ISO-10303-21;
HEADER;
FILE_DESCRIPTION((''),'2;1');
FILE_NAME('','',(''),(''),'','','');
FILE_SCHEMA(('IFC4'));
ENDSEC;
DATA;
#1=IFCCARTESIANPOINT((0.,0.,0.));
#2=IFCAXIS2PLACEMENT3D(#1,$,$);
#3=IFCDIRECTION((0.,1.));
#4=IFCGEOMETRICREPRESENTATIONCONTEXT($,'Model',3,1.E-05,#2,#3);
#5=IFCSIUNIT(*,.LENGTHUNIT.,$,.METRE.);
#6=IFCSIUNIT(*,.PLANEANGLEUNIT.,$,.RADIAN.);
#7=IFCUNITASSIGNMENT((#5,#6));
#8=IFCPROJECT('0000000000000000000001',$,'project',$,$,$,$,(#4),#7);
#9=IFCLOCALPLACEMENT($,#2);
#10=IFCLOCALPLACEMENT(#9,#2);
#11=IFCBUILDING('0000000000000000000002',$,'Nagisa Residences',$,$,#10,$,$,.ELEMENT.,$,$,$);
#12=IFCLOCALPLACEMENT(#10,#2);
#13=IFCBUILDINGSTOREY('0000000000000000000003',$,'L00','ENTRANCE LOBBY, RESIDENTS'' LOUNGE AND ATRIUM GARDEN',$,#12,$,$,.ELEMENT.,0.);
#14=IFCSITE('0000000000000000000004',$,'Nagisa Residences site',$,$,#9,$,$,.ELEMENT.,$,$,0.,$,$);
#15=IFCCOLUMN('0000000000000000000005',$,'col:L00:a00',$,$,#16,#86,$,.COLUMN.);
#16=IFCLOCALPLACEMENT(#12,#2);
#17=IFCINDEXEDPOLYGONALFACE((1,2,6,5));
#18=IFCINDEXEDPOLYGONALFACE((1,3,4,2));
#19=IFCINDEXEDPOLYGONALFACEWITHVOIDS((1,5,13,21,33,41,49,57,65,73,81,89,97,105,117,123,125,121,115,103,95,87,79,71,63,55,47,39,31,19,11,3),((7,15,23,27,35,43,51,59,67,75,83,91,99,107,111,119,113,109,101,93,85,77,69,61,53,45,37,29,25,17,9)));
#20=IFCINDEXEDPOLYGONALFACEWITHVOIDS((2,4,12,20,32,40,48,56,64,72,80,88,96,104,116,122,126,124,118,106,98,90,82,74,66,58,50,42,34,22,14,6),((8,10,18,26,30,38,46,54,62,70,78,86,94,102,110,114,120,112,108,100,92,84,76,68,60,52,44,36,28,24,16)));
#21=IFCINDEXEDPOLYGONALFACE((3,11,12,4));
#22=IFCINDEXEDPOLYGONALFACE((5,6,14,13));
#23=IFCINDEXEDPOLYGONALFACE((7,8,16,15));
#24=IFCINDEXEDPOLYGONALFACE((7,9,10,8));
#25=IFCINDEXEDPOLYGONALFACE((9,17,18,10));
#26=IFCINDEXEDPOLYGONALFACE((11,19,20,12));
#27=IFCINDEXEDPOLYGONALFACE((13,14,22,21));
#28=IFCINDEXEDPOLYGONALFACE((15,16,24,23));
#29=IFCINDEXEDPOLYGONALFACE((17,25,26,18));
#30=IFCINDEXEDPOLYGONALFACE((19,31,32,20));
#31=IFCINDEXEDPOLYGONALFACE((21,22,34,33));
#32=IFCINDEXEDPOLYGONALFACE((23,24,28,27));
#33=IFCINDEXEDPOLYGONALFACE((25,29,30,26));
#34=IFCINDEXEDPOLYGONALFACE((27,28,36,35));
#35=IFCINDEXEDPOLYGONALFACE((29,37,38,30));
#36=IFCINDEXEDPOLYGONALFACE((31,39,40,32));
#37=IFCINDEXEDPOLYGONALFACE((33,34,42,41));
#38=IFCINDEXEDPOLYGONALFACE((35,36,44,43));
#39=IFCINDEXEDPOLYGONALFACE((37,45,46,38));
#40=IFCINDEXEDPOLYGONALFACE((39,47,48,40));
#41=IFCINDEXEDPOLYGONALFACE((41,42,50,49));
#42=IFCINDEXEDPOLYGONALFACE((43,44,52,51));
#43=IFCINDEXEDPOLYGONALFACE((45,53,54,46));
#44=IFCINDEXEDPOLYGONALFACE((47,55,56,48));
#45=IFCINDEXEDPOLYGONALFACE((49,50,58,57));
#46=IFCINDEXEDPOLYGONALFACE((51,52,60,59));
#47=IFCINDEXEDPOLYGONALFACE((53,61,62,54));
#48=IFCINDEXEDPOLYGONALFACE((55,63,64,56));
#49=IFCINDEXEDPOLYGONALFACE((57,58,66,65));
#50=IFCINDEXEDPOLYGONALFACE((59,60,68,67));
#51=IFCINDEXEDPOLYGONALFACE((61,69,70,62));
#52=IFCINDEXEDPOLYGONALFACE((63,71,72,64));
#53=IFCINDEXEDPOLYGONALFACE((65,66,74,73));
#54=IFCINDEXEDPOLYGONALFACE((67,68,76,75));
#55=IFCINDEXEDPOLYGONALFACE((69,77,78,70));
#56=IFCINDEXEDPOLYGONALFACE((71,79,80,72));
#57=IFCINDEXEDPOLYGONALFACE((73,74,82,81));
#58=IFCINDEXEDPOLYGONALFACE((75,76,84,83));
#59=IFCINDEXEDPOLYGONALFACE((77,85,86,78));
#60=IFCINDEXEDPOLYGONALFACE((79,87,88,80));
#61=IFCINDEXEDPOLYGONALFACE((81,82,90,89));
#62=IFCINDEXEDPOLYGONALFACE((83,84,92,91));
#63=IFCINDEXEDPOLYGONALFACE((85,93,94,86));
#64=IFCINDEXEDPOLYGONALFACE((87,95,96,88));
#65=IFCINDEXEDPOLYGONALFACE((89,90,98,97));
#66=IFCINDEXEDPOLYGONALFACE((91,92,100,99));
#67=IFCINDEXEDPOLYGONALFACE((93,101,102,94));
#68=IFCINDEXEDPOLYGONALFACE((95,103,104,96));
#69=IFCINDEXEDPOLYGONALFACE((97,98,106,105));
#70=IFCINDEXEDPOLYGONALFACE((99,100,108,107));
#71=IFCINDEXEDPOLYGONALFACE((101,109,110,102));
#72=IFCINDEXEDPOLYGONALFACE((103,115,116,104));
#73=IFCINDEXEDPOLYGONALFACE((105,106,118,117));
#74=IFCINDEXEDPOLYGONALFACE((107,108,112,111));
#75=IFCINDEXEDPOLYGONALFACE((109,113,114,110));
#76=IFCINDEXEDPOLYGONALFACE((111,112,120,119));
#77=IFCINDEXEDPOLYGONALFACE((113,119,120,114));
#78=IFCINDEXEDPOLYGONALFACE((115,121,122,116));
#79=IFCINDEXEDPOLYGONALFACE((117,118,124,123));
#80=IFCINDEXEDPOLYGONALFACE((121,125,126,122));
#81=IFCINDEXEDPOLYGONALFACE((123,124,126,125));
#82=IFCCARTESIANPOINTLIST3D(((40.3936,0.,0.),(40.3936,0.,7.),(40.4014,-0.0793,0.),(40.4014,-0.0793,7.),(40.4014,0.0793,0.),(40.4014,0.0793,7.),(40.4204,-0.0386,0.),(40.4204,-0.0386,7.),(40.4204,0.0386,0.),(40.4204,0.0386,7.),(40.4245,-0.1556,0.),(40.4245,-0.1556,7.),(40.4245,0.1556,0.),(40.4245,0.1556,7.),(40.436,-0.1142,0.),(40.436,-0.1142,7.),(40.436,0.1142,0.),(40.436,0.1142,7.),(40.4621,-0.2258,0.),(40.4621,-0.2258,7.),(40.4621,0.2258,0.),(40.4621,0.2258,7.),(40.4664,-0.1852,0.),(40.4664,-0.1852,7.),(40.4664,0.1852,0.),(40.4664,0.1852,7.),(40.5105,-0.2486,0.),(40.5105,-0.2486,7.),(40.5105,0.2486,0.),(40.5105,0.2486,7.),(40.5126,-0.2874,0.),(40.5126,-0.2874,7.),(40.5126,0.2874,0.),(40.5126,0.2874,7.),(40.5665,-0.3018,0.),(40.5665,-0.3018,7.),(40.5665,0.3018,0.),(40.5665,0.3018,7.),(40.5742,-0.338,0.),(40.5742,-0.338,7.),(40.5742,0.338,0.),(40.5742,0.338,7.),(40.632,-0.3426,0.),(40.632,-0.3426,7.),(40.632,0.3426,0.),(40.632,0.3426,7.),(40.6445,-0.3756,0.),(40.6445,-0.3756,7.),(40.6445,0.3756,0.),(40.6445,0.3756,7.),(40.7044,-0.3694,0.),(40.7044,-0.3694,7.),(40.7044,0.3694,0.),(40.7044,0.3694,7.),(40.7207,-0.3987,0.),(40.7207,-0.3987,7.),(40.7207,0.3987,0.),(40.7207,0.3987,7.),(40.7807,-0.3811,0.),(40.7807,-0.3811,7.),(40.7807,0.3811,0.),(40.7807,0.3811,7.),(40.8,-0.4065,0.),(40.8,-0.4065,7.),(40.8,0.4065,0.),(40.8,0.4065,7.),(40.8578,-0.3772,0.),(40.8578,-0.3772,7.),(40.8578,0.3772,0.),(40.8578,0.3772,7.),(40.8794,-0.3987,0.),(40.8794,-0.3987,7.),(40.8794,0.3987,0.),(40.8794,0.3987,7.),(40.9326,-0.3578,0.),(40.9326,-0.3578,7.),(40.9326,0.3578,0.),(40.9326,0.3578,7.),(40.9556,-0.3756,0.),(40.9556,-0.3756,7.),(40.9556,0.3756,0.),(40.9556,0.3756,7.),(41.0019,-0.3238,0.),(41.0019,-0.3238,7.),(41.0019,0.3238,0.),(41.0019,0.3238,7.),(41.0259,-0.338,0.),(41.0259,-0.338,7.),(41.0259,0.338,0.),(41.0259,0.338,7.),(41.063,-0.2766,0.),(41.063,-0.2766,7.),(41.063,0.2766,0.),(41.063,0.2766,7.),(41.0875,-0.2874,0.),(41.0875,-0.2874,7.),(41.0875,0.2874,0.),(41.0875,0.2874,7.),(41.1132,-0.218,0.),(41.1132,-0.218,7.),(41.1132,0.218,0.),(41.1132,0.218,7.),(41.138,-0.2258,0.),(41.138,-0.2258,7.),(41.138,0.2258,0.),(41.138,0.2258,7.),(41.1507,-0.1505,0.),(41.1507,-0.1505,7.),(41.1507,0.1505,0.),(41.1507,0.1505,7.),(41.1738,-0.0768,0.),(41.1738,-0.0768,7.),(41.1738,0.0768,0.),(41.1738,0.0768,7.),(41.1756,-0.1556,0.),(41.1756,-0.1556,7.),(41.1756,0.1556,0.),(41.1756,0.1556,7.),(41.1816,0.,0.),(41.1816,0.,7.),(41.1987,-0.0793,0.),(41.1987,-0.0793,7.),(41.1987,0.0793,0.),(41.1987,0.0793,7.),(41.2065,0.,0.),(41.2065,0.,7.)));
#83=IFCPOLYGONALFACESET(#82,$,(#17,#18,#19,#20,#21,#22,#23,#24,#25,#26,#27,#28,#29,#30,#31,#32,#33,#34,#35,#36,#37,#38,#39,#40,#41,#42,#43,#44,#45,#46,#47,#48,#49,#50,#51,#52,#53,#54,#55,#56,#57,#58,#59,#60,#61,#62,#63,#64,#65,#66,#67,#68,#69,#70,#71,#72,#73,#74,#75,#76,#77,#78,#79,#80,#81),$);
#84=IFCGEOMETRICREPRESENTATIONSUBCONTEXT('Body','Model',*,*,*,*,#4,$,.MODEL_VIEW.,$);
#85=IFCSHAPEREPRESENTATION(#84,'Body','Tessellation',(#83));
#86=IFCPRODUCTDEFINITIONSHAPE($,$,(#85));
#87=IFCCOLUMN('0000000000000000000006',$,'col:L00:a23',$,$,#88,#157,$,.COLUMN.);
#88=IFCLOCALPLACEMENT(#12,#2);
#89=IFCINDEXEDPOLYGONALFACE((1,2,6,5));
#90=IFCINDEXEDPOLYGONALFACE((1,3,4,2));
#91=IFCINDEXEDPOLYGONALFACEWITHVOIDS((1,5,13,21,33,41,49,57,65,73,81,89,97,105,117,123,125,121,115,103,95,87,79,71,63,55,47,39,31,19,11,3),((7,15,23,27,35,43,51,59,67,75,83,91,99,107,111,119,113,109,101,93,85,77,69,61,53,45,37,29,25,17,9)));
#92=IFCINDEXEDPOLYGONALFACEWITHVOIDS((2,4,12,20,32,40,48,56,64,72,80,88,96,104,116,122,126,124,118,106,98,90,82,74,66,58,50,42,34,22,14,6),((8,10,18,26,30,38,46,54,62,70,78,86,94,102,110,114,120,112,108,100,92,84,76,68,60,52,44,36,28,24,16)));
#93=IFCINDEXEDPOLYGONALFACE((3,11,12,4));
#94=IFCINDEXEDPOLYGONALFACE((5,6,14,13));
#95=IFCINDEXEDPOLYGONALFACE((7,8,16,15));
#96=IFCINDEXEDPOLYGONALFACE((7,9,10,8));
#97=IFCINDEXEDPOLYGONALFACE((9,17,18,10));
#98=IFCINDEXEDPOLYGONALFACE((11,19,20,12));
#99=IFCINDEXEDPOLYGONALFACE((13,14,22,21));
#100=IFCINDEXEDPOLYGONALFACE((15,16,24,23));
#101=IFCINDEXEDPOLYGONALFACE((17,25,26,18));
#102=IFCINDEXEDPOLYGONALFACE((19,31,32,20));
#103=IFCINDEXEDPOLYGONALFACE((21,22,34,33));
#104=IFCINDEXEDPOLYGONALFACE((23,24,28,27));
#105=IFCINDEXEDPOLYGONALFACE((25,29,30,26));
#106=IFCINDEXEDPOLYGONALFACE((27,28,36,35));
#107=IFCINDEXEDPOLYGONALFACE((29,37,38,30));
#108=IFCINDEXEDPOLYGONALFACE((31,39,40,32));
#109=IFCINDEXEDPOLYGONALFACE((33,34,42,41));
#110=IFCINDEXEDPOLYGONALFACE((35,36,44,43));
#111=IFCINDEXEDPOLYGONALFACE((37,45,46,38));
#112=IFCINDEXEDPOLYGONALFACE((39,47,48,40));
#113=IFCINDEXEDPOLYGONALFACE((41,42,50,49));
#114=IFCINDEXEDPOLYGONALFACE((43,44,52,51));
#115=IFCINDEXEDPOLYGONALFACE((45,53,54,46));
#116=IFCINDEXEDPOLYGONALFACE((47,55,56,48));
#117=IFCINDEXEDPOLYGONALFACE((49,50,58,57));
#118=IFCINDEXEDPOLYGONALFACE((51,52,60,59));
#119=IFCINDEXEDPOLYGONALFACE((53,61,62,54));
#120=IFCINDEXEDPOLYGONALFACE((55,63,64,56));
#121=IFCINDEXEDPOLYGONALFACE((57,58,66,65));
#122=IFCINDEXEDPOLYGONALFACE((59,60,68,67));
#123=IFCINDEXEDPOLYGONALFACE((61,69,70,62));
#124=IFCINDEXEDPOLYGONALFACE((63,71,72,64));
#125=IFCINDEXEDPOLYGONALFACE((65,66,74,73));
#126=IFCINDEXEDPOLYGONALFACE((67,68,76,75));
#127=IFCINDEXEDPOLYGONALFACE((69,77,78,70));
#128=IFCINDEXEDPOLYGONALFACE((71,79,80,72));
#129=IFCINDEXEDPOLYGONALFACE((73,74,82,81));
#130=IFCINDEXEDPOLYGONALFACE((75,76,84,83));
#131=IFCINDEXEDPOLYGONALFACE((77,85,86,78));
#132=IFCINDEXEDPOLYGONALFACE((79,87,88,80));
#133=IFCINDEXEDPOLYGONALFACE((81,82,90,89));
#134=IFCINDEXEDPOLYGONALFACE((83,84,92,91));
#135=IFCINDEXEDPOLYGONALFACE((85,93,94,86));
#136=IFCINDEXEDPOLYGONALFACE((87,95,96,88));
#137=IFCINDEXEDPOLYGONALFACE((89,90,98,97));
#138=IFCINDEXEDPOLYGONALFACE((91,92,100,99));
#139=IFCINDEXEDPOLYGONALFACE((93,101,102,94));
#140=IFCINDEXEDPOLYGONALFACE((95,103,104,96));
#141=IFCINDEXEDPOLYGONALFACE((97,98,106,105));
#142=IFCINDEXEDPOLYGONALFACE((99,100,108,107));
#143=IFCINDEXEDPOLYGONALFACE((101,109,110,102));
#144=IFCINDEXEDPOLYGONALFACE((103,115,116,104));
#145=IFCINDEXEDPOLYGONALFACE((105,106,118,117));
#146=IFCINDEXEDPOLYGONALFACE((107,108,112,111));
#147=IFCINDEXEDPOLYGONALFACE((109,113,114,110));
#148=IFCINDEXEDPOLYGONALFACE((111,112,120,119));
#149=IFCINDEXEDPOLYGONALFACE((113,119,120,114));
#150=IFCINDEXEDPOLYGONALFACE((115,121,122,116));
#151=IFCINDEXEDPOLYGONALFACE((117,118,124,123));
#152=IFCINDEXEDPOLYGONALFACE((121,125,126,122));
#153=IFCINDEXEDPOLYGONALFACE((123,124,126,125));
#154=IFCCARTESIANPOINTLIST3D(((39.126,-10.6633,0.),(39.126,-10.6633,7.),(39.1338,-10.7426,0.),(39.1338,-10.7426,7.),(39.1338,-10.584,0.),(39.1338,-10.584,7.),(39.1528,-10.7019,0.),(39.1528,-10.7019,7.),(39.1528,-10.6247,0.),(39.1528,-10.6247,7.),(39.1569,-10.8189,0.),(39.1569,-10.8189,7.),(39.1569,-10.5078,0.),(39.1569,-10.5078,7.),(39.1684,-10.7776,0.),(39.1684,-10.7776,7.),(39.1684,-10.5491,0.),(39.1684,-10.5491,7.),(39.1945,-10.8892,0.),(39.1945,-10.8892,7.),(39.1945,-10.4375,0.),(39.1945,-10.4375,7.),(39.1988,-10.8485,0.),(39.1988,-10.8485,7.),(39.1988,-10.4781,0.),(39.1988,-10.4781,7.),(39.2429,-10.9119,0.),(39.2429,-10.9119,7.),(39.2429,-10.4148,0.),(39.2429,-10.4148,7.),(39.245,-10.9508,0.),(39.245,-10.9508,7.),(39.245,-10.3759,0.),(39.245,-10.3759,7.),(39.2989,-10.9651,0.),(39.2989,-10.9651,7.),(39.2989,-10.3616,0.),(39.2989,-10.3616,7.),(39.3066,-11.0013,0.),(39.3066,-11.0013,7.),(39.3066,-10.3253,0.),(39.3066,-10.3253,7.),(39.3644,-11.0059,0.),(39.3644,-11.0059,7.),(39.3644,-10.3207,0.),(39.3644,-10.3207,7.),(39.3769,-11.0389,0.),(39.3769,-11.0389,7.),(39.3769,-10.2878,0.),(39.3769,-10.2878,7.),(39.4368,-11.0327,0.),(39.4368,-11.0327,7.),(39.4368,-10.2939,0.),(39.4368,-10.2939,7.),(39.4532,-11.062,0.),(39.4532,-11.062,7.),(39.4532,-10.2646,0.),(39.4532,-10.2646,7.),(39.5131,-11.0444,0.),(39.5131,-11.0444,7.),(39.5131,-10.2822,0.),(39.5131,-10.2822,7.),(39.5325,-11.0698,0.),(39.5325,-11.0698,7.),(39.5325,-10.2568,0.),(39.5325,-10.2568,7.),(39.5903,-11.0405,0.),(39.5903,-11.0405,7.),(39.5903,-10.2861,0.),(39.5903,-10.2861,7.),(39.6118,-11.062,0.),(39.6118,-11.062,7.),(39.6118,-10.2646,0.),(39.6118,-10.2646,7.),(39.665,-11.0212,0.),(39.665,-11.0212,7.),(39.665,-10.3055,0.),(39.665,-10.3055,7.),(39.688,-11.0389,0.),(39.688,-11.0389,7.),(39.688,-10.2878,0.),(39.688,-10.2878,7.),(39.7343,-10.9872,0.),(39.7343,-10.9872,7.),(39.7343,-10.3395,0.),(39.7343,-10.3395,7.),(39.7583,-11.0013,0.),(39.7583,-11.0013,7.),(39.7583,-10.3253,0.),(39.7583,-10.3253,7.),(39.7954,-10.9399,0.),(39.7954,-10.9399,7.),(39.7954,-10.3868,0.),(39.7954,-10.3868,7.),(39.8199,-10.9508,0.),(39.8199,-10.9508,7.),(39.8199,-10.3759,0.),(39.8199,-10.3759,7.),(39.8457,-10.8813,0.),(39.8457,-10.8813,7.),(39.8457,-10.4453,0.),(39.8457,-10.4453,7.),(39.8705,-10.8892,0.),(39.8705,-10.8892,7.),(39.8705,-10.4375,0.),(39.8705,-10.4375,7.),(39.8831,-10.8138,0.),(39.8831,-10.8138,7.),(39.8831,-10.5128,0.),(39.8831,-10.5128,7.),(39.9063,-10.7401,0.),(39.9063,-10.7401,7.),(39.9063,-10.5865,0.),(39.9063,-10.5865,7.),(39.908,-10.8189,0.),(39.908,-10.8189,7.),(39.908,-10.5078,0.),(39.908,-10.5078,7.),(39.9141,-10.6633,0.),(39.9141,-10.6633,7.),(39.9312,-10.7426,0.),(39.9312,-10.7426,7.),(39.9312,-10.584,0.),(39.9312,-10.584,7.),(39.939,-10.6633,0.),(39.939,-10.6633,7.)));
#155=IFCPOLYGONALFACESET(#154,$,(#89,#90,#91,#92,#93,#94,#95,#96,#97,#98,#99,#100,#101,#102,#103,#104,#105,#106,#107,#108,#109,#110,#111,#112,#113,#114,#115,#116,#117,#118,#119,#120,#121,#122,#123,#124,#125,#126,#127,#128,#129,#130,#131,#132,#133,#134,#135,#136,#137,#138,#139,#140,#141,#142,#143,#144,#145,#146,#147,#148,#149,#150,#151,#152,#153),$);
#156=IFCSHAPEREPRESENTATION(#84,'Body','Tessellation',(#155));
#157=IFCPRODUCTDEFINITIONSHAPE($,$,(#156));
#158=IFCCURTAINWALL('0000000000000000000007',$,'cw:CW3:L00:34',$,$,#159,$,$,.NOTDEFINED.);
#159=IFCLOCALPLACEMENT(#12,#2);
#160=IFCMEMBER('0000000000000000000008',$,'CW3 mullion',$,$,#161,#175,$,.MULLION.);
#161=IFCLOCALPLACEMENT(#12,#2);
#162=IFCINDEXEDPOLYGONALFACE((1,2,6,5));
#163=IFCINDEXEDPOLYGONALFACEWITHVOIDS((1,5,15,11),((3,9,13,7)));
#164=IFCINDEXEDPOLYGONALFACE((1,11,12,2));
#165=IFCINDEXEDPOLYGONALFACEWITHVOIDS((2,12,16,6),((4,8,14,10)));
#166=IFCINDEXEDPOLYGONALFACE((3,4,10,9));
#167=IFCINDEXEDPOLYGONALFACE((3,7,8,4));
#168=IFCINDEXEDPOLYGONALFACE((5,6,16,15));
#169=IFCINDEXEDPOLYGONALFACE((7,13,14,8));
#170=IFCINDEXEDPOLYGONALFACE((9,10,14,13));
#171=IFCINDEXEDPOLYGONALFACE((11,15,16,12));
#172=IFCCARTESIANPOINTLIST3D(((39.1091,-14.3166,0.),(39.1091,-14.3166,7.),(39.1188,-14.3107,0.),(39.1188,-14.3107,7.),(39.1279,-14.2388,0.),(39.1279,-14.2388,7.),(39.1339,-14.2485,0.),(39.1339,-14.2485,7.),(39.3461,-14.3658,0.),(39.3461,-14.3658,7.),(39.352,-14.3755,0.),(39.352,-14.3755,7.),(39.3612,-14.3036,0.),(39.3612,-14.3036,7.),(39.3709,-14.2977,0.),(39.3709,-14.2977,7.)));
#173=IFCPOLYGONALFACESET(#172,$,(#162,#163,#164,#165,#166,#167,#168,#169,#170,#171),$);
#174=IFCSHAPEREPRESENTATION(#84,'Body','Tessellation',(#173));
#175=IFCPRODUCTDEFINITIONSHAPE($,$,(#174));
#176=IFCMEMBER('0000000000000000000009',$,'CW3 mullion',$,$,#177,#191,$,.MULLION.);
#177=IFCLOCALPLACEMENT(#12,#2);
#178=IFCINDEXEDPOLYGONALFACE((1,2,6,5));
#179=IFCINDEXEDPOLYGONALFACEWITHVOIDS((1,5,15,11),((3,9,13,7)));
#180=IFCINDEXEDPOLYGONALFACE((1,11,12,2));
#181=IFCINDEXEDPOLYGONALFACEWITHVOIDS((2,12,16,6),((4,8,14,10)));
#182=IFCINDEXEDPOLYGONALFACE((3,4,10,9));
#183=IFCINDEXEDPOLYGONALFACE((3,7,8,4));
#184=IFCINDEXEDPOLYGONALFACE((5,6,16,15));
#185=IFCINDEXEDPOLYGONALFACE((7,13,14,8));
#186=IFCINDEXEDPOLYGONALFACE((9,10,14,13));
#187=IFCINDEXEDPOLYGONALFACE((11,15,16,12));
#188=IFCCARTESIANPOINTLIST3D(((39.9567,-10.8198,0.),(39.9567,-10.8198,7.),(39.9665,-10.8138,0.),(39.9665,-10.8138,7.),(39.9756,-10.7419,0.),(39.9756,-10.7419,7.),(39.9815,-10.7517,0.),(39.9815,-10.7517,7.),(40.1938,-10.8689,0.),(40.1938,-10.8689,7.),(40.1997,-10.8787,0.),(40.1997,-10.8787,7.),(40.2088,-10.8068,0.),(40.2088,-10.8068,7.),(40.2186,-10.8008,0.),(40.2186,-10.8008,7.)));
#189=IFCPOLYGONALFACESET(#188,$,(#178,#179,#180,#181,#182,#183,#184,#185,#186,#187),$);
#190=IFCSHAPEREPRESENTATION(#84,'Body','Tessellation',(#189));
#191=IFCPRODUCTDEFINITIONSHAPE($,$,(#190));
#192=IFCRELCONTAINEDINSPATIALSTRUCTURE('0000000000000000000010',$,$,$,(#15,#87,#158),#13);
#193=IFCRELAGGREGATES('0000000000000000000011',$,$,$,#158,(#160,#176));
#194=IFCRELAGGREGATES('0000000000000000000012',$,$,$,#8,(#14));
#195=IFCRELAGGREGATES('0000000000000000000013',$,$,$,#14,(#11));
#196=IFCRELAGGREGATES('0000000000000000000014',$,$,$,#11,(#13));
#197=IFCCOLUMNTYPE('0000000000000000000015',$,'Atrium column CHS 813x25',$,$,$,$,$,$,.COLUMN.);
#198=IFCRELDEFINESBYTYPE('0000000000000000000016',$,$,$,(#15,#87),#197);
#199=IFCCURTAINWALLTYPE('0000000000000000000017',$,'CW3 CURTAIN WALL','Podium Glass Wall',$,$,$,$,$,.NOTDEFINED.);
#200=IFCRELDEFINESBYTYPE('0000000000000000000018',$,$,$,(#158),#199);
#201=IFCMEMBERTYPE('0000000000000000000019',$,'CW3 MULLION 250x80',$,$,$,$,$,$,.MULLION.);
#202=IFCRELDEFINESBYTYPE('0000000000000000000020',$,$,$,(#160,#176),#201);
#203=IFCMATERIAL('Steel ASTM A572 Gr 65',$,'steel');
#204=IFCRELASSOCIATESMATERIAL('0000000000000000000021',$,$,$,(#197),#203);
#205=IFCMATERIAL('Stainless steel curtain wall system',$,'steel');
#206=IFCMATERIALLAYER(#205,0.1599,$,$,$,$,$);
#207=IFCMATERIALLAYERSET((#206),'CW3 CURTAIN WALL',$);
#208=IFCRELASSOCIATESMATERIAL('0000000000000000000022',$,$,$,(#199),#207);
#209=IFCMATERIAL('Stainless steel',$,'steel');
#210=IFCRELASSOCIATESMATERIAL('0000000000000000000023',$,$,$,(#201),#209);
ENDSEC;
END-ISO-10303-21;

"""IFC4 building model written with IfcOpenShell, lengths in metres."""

from ifc_helpers import new_model, si_unit, direction, frame, origin, origin_2d, place, context, subcontext, project, spatial, hollow_rectangle, hollow_circle, extrude, material, layer, layer_set, material_profile, profile_set, type_object, element, aggregate, save


model = new_model("IFC4")

# Units and contexts
model_context = context("Model", 3, precision=1e-05, world=origin(), true_north=direction((0.0, 1.0)))
body_context = subcontext(model_context, "Body", "Model", "MODEL_VIEW")
ifc_project = project(units=[si_unit("LENGTHUNIT", "METRE"), si_unit("PLANEANGLEUNIT", "RADIAN")], contexts=[model_context])

# Site, building, storey
site_placement = place(None, origin())
site = spatial("IfcSite", under=ifc_project, at=site_placement, Name="Nagisa Residences site", CompositionType="ELEMENT", RefElevation=0.0)
building_placement = place(site_placement, origin())
building = spatial("IfcBuilding", under=site, at=building_placement, Name="Nagisa Residences", CompositionType="ELEMENT")
storey_placement = place(building_placement, origin())
storey = spatial("IfcBuildingStorey", under=building, at=storey_placement, Name="L00", Description="ENTRANCE LOBBY, RESIDENTS' LOUNGE AND ATRIUM GARDEN", CompositionType="ELEMENT", Elevation=0.0)

# Columns
ifc_material_1 = material(Name="Steel ASTM A572 Gr 65", Category="steel")
ifc_material_profile_1 = material_profile(ifc_material_1, hollow_circle(Radius=0.4065, WallThickness=0.0249, at=origin_2d()), Name="CHS 813x25")
ifc_profile_set_1 = profile_set([ifc_material_profile_1], Name="Steel ASTM A572 Gr 65")
column_type = type_object("IfcColumnType", Name="Atrium column CHS 813x25", PredefinedType="COLUMN", material=ifc_profile_set_1)
for number, where, z_axis, x_axis, name in (
    (1, (40.8, 0.0, 0.0), (0.0, 0.0, 1.0), (1.0, 0.0, 0.0), "col:L00:a00"),
    (2, (39.5325, -10.6633, 0.0), (0.0, 0.0, 1.0), (1.0, 0.0, 0.0), "col:L00:a23"),
):
    element("IfcColumn", number, at=place(storey_placement, frame(where, z_axis=z_axis, x_axis=x_axis)), inside=storey, type_object=column_type, Name=name, PredefinedType="COLUMN", context=body_context, shape_type="SweptSolid", body=[
        extrude(hollow_circle(Radius=0.4065, WallThickness=0.0249, at=origin_2d()), origin(), (0.0, 0.0, 1.0), 7.0),
    ])

# Curtain wall, members
ifc_material_2 = material(Name="Stainless steel curtain wall system", Category="steel")
ifc_layer_1 = layer(ifc_material_2, 0.1599)
ifc_layer_set_1 = layer_set([ifc_layer_1], Name="CW3 CURTAIN WALL")
curtain_wall_type = type_object("IfcCurtainWallType", Name="CW3 CURTAIN WALL", Description="Podium Glass Wall", PredefinedType="NOTDEFINED", material=ifc_layer_set_1)
curtain_wall_1_placement = place(storey_placement, origin())
curtain_wall_1 = element("IfcCurtainWall", 3, at=curtain_wall_1_placement, inside=storey, type_object=curtain_wall_type, Name="cw:CW3:L00:34", PredefinedType="NOTDEFINED")
ifc_material_3 = material(Name="Stainless steel", Category="steel")
ifc_material_profile_2 = material_profile(ifc_material_3, hollow_rectangle(XDim=0.25, YDim=0.0801, WallThickness=0.0081, at=origin_2d()), Name="CW3 MULLION 250x80")
ifc_profile_set_2 = profile_set([ifc_material_profile_2], Name="Stainless steel")
member_type_1 = type_object("IfcMemberType", Name="CW3 MULLION 250x80", PredefinedType="MULLION", material=ifc_profile_set_2)
member_1_placement = place(storey_placement, frame((39.24, -14.3071, 0.0), z_axis=(0.0, 0.0, 1.0), x_axis=(-0.971849, 0.235606, 0.0)))
member_1 = element("IfcMember", 4, at=member_1_placement, type_object=member_type_1, Name="CW3 mullion", PredefinedType="MULLION", context=body_context, shape_type="SweptSolid", body=[
    extrude(hollow_rectangle(XDim=0.25, YDim=0.0801, WallThickness=0.0081, at=origin_2d()), origin(), (0.0, 0.0, 1.0), 7.0),
])
member_2_placement = place(storey_placement, frame((40.0876, -10.8103, 0.0), z_axis=(0.0, 0.0, 1.0), x_axis=(-0.971849, 0.235606, 0.0)))
member_2 = element("IfcMember", 5, at=member_2_placement, type_object=member_type_1, Name="CW3 mullion", PredefinedType="MULLION", context=body_context, shape_type="SweptSolid", body=[
    extrude(hollow_rectangle(XDim=0.25, YDim=0.0801, WallThickness=0.0081, at=origin_2d()), origin(), (0.0, 0.0, 1.0), 7.0),
])

aggregate(curtain_wall_1, [member_1, member_2])

save(model, "model.ifc")
